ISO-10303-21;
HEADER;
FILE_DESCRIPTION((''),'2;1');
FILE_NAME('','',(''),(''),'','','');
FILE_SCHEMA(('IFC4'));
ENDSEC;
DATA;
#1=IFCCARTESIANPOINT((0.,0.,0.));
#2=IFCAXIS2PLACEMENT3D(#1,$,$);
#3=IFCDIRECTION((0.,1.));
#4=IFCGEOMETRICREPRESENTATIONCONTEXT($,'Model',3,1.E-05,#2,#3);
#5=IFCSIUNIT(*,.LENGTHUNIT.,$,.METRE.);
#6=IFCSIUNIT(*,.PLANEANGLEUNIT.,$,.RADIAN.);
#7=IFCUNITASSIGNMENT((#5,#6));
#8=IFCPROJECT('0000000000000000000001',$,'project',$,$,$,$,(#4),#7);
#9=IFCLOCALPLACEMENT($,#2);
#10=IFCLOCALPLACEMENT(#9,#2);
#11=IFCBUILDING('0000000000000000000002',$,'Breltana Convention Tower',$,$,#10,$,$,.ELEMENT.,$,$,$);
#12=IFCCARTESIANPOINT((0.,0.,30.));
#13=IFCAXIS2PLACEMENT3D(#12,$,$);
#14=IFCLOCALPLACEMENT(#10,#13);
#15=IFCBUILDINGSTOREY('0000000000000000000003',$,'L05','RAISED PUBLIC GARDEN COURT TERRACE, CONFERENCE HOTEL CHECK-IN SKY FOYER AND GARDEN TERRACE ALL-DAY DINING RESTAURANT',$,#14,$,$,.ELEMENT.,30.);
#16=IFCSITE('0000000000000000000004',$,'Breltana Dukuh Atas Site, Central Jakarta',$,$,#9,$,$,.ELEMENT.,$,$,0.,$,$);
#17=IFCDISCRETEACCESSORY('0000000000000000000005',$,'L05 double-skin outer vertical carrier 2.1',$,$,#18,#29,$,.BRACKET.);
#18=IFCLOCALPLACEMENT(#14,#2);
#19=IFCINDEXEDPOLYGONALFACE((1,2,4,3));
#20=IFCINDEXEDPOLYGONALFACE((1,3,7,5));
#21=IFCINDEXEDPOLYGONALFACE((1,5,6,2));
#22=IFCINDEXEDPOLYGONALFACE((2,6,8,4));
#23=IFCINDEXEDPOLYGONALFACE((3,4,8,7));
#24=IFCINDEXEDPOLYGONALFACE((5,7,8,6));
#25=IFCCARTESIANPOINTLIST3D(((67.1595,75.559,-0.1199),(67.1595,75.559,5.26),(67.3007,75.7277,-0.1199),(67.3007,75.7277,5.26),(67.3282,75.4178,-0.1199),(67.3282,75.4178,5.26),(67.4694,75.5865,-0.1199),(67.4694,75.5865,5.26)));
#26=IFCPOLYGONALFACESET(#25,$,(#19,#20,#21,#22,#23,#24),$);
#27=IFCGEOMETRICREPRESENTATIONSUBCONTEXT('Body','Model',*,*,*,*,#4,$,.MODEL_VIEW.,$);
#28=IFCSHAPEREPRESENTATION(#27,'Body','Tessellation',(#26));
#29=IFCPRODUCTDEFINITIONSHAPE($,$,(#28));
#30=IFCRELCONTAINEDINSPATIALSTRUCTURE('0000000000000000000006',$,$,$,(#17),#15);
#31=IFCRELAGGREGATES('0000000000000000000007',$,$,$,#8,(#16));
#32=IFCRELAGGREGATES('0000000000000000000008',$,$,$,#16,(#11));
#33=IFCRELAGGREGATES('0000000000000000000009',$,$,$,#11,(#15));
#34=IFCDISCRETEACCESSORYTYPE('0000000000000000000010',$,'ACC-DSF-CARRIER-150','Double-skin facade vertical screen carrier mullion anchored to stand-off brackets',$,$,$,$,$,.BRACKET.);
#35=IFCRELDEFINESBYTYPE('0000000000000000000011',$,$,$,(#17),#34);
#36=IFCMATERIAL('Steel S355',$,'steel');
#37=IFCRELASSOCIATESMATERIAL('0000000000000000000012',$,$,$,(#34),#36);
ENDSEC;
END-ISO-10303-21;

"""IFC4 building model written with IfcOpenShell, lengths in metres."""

from ifc_helpers import new_model, si_unit, direction, frame, origin, origin_2d, place, context, subcontext, project, spatial, rectangle, extrude, source, transform, mapped, material, type_object, type_shapes, element, save


model = new_model("IFC4")

# Units and contexts
model_context = context("Model", 3, precision=1e-05, world=origin(), true_north=direction((0.0, 1.0)))
body_context = subcontext(model_context, "Body", "Model", "MODEL_VIEW")
ifc_project = project(units=[si_unit("LENGTHUNIT", "METRE"), si_unit("PLANEANGLEUNIT", "RADIAN")], contexts=[model_context])

# Site, building, storey
site_placement = place(None, origin())
site = spatial("IfcSite", under=ifc_project, at=site_placement, Name="Breltana Dukuh Atas Site, Central Jakarta", CompositionType="ELEMENT", RefElevation=0.0)
building_placement = place(site_placement, origin())
building = spatial("IfcBuilding", under=site, at=building_placement, Name="Breltana Convention Tower", CompositionType="ELEMENT")
storey_placement = place(building_placement, frame((0.0, 0.0, 30.0)))
storey = spatial("IfcBuildingStorey", under=building, at=storey_placement, Name="L05", Description="RAISED PUBLIC GARDEN COURT TERRACE, CONFERENCE HOTEL CHECK-IN SKY FOYER AND GARDEN TERRACE ALL-DAY DINING RESTAURANT", CompositionType="ELEMENT", Elevation=30.0)

# Discrete accessory
ifc_material_1 = material(Name="Steel S355", Category="steel")
discrete_accessory_type_1 = type_object("IfcDiscreteAccessoryType", Name="ACC-DSF-CARRIER-150", Description="Double-skin facade vertical screen carrier mullion anchored to stand-off brackets", PredefinedType="BRACKET", material=ifc_material_1)
shared_shape_1 = source(origin(), body_context, "Body", "SweptSolid", [
    extrude(rectangle(XDim=0.22, YDim=0.22, at=origin_2d()), origin(), (0.0, 0.0, 1.0), 5.3799),
])
type_shapes(discrete_accessory_type_1, [shared_shape_1])
discrete_accessory_placement = place(storey_placement, frame((67.3145, 75.5728, -0.1199), z_axis=(0.0, 0.0, 1.0), x_axis=(0.64199, 0.766713, 0.0)))
element("IfcDiscreteAccessory", 1, at=discrete_accessory_placement, inside=storey, type_object=discrete_accessory_type_1, Name="L05 double-skin outer vertical carrier 2.1", PredefinedType="BRACKET", context=body_context, shape_type="MappedRepresentation", body=[
    mapped(shared_shape_1, transform((0.0, 0.0, 0.0), scale=1.0)),
])

save(model, "model.ifc")
